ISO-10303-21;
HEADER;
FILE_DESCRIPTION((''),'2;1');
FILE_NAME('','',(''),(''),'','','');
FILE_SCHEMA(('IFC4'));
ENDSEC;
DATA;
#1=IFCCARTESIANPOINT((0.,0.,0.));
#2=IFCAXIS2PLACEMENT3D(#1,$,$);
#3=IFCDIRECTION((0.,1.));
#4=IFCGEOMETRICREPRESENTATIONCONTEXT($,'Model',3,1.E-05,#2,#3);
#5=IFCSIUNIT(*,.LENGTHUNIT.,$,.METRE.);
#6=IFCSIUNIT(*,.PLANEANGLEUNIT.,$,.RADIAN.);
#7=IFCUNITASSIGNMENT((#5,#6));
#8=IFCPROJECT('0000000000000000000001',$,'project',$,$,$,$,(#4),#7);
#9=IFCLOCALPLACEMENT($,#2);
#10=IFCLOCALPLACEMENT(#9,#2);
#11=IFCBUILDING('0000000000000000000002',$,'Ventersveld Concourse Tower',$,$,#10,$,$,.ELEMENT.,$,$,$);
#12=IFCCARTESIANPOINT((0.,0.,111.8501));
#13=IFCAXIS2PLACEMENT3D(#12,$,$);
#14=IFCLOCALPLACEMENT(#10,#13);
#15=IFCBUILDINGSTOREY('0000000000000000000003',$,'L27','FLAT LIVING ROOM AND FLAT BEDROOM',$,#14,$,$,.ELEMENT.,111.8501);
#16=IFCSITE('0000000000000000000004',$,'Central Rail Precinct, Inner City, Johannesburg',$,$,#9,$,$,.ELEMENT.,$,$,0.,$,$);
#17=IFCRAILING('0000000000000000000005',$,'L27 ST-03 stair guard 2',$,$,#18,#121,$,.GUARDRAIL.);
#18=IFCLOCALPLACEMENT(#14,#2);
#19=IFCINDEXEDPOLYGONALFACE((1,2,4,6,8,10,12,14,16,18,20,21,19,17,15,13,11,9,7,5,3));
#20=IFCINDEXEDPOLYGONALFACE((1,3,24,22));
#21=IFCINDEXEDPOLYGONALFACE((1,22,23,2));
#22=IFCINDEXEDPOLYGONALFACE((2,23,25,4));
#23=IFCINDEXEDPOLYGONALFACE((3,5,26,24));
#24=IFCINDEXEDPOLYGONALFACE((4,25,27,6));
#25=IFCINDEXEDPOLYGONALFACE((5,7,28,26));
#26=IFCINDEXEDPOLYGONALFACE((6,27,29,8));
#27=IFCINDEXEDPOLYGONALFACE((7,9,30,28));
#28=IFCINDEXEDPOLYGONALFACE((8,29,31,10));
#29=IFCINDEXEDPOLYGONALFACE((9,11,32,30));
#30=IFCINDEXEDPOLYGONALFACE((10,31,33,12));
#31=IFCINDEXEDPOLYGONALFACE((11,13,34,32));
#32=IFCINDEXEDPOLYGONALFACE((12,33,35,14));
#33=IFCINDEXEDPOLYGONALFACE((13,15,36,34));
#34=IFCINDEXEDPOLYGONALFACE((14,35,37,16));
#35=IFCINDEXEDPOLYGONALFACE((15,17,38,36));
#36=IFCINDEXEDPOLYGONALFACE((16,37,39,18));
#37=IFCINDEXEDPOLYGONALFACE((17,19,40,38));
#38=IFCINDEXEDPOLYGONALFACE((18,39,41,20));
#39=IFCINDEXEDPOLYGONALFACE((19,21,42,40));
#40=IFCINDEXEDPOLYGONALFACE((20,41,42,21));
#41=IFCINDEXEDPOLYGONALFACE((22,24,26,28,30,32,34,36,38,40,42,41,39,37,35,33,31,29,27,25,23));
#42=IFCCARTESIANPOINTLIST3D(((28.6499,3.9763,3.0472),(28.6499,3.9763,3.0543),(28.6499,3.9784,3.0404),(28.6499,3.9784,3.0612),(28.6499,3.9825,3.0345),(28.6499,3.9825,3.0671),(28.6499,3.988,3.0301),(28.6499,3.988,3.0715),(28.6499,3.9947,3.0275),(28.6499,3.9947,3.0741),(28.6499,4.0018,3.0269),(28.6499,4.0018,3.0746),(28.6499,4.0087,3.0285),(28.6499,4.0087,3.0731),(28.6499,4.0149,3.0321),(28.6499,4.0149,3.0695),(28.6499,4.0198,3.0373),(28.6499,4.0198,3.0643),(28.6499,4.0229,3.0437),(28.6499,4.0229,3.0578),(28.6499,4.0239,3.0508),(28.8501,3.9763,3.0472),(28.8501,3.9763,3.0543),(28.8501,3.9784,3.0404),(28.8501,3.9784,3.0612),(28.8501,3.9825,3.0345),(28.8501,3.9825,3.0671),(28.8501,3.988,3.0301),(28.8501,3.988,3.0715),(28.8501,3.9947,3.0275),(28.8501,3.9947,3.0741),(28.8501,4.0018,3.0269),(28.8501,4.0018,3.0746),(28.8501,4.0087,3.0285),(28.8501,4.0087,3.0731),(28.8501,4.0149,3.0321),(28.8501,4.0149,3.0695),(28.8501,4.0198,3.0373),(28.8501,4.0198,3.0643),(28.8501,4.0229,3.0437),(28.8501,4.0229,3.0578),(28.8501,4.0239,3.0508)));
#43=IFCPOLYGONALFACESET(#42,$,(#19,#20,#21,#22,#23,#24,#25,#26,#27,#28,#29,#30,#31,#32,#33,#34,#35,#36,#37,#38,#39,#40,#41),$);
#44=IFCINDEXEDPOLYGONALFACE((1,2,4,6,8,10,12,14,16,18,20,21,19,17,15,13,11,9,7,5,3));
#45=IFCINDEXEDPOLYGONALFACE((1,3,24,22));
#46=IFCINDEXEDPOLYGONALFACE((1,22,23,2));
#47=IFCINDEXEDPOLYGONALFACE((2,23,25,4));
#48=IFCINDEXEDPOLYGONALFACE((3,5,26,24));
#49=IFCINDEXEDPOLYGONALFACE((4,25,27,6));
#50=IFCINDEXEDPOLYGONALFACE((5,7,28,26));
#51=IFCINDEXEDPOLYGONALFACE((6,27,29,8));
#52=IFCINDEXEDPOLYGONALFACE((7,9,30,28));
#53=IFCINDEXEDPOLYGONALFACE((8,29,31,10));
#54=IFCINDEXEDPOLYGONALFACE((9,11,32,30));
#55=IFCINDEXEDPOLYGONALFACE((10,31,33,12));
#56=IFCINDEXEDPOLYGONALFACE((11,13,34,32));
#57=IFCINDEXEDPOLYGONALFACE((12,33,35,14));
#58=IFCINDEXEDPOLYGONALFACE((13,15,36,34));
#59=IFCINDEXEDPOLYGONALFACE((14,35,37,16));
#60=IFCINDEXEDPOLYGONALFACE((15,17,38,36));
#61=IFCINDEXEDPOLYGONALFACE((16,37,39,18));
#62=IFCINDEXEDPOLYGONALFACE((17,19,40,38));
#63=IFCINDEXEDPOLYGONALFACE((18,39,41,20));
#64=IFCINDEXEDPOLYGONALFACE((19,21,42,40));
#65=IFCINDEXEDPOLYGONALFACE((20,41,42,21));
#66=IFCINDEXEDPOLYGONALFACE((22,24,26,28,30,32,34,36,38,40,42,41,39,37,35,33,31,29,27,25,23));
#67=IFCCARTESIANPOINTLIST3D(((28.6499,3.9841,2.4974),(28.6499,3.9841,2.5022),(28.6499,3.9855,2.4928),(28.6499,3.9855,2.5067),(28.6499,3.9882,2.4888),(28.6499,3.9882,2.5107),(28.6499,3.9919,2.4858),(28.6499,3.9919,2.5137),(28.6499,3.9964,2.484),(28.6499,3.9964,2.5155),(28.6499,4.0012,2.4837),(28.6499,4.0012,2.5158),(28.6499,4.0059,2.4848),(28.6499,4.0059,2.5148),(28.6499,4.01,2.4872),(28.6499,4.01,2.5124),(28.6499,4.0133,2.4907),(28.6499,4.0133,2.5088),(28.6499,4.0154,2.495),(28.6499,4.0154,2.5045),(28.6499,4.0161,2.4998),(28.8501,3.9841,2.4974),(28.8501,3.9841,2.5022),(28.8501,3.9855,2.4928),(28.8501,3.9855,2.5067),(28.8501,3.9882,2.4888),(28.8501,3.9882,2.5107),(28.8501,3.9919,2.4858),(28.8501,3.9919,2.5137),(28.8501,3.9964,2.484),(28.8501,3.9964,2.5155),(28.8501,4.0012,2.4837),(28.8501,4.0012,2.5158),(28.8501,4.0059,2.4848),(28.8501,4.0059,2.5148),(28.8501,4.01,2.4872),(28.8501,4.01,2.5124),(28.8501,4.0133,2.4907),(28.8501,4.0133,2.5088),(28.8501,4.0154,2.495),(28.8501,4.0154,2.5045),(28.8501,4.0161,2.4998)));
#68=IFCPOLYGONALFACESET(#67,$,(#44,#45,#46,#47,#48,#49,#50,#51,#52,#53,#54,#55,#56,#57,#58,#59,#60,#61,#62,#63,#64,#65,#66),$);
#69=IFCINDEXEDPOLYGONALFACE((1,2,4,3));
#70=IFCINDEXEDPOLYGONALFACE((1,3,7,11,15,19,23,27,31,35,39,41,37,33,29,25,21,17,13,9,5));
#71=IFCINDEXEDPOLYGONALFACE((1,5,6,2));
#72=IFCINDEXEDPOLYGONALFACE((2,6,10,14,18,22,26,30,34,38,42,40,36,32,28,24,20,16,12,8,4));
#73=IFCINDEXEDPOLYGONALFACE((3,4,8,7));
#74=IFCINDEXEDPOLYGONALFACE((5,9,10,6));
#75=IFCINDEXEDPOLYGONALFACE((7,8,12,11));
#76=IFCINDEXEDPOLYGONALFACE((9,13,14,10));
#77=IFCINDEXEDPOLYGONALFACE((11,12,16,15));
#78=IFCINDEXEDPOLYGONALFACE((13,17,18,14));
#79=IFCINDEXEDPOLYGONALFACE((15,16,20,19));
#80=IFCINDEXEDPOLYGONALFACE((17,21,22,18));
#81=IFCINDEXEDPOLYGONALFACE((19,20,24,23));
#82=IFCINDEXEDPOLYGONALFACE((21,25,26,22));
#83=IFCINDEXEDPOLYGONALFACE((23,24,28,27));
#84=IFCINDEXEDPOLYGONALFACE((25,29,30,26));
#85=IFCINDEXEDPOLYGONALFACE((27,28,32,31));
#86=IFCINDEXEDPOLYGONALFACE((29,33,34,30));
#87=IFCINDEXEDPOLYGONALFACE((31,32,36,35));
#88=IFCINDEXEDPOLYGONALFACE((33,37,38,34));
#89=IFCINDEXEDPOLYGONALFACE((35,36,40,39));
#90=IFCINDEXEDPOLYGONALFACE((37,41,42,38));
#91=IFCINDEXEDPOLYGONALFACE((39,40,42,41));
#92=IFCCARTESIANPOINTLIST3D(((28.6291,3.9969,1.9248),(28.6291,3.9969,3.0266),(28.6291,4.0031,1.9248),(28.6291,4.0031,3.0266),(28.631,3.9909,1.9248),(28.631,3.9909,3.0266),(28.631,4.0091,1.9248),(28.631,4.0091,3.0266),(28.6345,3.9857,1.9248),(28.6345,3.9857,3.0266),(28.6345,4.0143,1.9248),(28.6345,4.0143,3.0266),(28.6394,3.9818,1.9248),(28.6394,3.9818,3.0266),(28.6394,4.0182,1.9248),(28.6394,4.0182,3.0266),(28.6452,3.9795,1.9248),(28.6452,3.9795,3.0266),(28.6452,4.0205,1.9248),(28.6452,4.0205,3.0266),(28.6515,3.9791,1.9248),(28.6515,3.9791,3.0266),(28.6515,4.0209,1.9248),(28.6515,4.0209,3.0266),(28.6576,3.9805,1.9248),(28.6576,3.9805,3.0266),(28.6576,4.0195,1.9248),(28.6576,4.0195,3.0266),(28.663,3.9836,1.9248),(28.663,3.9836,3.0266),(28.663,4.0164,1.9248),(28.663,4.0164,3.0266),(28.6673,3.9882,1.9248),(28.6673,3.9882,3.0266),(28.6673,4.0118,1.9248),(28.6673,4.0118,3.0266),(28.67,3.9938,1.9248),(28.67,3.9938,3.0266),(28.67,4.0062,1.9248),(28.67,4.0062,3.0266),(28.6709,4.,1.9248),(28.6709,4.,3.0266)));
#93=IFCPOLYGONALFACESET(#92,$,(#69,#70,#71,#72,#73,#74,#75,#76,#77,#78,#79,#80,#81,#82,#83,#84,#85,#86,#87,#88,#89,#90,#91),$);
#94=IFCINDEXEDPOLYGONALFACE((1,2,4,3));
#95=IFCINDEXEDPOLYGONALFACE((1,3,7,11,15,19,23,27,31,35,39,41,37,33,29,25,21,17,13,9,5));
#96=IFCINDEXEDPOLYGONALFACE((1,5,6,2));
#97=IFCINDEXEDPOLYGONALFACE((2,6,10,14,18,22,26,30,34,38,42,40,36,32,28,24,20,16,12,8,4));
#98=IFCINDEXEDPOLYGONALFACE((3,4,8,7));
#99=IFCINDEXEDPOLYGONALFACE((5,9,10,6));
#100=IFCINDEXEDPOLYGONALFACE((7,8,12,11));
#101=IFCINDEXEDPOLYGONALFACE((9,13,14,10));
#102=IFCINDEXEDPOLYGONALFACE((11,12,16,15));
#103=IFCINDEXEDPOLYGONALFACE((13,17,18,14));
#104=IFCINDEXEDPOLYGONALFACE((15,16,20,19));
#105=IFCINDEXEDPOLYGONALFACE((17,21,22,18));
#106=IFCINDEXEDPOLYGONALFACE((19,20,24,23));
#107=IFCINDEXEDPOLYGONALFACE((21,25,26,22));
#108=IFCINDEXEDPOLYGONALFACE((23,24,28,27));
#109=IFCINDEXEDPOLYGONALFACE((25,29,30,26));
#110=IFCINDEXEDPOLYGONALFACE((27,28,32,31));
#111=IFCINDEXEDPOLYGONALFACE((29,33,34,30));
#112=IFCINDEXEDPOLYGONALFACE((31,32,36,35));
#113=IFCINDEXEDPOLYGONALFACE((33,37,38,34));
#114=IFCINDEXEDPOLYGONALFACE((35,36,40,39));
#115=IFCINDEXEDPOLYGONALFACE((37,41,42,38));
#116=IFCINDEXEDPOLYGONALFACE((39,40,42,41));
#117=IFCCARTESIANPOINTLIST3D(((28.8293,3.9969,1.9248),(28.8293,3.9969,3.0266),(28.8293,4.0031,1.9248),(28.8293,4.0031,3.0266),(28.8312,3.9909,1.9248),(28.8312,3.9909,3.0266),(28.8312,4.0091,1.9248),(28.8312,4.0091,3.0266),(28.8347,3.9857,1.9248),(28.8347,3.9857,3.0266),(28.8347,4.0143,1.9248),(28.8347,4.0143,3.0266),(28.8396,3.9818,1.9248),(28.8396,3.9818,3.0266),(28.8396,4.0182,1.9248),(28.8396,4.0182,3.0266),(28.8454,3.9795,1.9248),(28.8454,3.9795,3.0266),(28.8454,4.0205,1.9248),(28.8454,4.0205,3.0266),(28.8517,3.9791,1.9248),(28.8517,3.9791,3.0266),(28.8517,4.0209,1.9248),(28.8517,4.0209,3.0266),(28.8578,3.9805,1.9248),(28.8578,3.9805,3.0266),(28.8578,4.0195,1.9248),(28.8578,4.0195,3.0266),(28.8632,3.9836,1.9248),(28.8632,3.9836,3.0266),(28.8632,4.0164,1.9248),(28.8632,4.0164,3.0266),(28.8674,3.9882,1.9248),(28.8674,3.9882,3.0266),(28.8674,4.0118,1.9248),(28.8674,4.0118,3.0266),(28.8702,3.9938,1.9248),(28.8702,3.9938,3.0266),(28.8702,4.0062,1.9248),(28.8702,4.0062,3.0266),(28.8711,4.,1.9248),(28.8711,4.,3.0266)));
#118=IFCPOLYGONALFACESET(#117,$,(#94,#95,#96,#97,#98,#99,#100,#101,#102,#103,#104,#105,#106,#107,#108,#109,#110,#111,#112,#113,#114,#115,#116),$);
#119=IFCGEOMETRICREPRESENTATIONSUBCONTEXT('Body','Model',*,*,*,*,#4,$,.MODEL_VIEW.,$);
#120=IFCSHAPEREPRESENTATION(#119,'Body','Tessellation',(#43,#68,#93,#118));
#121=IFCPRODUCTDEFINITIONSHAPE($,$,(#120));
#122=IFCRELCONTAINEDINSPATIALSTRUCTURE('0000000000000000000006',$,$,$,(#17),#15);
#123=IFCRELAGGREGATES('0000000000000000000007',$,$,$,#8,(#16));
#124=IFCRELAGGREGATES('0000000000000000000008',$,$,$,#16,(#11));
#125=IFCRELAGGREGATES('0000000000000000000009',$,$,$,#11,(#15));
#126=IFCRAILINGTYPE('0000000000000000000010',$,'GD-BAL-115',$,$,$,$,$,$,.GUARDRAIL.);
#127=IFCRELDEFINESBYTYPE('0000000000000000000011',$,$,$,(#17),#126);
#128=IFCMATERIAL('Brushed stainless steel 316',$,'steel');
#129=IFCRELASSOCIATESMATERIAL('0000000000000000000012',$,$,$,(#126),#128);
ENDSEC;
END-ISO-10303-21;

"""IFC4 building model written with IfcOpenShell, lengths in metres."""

from ifc_helpers import new_model, si_unit, direction, frame, origin, origin_2d, place, context, subcontext, project, spatial, circle, extrude, material, type_object, element, save


model = new_model("IFC4")

# Units and contexts
model_context = context("Model", 3, precision=1e-05, world=origin(), true_north=direction((0.0, 1.0)))
body_context = subcontext(model_context, "Body", "Model", "MODEL_VIEW")
ifc_project = project(units=[si_unit("LENGTHUNIT", "METRE"), si_unit("PLANEANGLEUNIT", "RADIAN")], contexts=[model_context])

# Site, building, storey
site_placement = place(None, origin())
site = spatial("IfcSite", under=ifc_project, at=site_placement, Name="Central Rail Precinct, Inner City, Johannesburg", CompositionType="ELEMENT", RefElevation=0.0)
building_placement = place(site_placement, origin())
building = spatial("IfcBuilding", under=site, at=building_placement, Name="Ventersveld Concourse Tower", CompositionType="ELEMENT")
storey_placement = place(building_placement, frame((0.0, 0.0, 111.8501)))
storey = spatial("IfcBuildingStorey", under=building, at=storey_placement, Name="L27", Description="FLAT LIVING ROOM AND FLAT BEDROOM", CompositionType="ELEMENT", Elevation=111.8501)

# Railing
ifc_material_1 = material(Name="Brushed stainless steel 316", Category="steel")
railing_type_1 = type_object("IfcRailingType", Name="GD-BAL-115", PredefinedType="GUARDRAIL", material=ifc_material_1)
railing_1_placement = place(storey_placement, frame((28.6499, 4.0, 1.9248)))
element("IfcRailing", 1, at=railing_1_placement, inside=storey, type_object=railing_type_1, Name="L27 ST-03 stair guard 2", PredefinedType="GUARDRAIL", context=body_context, shape_type="SweptSolid", body=[
    extrude(circle(Radius=0.0239, at=origin_2d()), frame((0.0, 0.0, 1.126), z_axis=(1.0, 0.0, 0.0), x_axis=(0.0, 1.0, 0.0)), (0.0, 0.0, 1.0), 0.2002),
    extrude(circle(Radius=0.0161, at=origin_2d()), frame((0.0, 0.0, 0.575), z_axis=(1.0, 0.0, 0.0), x_axis=(0.0, 1.0, 0.0)), (0.0, 0.0, 1.0), 0.2002),
    extrude(circle(Radius=0.021, at=origin_2d()), origin(), (0.0, 0.0, 1.0), 1.1018),
    extrude(circle(Radius=0.021, at=origin_2d()), frame((0.2002, 0.0, 0.0)), (0.0, 0.0, 1.0), 1.1018),
])

save(model, "model.ifc")
